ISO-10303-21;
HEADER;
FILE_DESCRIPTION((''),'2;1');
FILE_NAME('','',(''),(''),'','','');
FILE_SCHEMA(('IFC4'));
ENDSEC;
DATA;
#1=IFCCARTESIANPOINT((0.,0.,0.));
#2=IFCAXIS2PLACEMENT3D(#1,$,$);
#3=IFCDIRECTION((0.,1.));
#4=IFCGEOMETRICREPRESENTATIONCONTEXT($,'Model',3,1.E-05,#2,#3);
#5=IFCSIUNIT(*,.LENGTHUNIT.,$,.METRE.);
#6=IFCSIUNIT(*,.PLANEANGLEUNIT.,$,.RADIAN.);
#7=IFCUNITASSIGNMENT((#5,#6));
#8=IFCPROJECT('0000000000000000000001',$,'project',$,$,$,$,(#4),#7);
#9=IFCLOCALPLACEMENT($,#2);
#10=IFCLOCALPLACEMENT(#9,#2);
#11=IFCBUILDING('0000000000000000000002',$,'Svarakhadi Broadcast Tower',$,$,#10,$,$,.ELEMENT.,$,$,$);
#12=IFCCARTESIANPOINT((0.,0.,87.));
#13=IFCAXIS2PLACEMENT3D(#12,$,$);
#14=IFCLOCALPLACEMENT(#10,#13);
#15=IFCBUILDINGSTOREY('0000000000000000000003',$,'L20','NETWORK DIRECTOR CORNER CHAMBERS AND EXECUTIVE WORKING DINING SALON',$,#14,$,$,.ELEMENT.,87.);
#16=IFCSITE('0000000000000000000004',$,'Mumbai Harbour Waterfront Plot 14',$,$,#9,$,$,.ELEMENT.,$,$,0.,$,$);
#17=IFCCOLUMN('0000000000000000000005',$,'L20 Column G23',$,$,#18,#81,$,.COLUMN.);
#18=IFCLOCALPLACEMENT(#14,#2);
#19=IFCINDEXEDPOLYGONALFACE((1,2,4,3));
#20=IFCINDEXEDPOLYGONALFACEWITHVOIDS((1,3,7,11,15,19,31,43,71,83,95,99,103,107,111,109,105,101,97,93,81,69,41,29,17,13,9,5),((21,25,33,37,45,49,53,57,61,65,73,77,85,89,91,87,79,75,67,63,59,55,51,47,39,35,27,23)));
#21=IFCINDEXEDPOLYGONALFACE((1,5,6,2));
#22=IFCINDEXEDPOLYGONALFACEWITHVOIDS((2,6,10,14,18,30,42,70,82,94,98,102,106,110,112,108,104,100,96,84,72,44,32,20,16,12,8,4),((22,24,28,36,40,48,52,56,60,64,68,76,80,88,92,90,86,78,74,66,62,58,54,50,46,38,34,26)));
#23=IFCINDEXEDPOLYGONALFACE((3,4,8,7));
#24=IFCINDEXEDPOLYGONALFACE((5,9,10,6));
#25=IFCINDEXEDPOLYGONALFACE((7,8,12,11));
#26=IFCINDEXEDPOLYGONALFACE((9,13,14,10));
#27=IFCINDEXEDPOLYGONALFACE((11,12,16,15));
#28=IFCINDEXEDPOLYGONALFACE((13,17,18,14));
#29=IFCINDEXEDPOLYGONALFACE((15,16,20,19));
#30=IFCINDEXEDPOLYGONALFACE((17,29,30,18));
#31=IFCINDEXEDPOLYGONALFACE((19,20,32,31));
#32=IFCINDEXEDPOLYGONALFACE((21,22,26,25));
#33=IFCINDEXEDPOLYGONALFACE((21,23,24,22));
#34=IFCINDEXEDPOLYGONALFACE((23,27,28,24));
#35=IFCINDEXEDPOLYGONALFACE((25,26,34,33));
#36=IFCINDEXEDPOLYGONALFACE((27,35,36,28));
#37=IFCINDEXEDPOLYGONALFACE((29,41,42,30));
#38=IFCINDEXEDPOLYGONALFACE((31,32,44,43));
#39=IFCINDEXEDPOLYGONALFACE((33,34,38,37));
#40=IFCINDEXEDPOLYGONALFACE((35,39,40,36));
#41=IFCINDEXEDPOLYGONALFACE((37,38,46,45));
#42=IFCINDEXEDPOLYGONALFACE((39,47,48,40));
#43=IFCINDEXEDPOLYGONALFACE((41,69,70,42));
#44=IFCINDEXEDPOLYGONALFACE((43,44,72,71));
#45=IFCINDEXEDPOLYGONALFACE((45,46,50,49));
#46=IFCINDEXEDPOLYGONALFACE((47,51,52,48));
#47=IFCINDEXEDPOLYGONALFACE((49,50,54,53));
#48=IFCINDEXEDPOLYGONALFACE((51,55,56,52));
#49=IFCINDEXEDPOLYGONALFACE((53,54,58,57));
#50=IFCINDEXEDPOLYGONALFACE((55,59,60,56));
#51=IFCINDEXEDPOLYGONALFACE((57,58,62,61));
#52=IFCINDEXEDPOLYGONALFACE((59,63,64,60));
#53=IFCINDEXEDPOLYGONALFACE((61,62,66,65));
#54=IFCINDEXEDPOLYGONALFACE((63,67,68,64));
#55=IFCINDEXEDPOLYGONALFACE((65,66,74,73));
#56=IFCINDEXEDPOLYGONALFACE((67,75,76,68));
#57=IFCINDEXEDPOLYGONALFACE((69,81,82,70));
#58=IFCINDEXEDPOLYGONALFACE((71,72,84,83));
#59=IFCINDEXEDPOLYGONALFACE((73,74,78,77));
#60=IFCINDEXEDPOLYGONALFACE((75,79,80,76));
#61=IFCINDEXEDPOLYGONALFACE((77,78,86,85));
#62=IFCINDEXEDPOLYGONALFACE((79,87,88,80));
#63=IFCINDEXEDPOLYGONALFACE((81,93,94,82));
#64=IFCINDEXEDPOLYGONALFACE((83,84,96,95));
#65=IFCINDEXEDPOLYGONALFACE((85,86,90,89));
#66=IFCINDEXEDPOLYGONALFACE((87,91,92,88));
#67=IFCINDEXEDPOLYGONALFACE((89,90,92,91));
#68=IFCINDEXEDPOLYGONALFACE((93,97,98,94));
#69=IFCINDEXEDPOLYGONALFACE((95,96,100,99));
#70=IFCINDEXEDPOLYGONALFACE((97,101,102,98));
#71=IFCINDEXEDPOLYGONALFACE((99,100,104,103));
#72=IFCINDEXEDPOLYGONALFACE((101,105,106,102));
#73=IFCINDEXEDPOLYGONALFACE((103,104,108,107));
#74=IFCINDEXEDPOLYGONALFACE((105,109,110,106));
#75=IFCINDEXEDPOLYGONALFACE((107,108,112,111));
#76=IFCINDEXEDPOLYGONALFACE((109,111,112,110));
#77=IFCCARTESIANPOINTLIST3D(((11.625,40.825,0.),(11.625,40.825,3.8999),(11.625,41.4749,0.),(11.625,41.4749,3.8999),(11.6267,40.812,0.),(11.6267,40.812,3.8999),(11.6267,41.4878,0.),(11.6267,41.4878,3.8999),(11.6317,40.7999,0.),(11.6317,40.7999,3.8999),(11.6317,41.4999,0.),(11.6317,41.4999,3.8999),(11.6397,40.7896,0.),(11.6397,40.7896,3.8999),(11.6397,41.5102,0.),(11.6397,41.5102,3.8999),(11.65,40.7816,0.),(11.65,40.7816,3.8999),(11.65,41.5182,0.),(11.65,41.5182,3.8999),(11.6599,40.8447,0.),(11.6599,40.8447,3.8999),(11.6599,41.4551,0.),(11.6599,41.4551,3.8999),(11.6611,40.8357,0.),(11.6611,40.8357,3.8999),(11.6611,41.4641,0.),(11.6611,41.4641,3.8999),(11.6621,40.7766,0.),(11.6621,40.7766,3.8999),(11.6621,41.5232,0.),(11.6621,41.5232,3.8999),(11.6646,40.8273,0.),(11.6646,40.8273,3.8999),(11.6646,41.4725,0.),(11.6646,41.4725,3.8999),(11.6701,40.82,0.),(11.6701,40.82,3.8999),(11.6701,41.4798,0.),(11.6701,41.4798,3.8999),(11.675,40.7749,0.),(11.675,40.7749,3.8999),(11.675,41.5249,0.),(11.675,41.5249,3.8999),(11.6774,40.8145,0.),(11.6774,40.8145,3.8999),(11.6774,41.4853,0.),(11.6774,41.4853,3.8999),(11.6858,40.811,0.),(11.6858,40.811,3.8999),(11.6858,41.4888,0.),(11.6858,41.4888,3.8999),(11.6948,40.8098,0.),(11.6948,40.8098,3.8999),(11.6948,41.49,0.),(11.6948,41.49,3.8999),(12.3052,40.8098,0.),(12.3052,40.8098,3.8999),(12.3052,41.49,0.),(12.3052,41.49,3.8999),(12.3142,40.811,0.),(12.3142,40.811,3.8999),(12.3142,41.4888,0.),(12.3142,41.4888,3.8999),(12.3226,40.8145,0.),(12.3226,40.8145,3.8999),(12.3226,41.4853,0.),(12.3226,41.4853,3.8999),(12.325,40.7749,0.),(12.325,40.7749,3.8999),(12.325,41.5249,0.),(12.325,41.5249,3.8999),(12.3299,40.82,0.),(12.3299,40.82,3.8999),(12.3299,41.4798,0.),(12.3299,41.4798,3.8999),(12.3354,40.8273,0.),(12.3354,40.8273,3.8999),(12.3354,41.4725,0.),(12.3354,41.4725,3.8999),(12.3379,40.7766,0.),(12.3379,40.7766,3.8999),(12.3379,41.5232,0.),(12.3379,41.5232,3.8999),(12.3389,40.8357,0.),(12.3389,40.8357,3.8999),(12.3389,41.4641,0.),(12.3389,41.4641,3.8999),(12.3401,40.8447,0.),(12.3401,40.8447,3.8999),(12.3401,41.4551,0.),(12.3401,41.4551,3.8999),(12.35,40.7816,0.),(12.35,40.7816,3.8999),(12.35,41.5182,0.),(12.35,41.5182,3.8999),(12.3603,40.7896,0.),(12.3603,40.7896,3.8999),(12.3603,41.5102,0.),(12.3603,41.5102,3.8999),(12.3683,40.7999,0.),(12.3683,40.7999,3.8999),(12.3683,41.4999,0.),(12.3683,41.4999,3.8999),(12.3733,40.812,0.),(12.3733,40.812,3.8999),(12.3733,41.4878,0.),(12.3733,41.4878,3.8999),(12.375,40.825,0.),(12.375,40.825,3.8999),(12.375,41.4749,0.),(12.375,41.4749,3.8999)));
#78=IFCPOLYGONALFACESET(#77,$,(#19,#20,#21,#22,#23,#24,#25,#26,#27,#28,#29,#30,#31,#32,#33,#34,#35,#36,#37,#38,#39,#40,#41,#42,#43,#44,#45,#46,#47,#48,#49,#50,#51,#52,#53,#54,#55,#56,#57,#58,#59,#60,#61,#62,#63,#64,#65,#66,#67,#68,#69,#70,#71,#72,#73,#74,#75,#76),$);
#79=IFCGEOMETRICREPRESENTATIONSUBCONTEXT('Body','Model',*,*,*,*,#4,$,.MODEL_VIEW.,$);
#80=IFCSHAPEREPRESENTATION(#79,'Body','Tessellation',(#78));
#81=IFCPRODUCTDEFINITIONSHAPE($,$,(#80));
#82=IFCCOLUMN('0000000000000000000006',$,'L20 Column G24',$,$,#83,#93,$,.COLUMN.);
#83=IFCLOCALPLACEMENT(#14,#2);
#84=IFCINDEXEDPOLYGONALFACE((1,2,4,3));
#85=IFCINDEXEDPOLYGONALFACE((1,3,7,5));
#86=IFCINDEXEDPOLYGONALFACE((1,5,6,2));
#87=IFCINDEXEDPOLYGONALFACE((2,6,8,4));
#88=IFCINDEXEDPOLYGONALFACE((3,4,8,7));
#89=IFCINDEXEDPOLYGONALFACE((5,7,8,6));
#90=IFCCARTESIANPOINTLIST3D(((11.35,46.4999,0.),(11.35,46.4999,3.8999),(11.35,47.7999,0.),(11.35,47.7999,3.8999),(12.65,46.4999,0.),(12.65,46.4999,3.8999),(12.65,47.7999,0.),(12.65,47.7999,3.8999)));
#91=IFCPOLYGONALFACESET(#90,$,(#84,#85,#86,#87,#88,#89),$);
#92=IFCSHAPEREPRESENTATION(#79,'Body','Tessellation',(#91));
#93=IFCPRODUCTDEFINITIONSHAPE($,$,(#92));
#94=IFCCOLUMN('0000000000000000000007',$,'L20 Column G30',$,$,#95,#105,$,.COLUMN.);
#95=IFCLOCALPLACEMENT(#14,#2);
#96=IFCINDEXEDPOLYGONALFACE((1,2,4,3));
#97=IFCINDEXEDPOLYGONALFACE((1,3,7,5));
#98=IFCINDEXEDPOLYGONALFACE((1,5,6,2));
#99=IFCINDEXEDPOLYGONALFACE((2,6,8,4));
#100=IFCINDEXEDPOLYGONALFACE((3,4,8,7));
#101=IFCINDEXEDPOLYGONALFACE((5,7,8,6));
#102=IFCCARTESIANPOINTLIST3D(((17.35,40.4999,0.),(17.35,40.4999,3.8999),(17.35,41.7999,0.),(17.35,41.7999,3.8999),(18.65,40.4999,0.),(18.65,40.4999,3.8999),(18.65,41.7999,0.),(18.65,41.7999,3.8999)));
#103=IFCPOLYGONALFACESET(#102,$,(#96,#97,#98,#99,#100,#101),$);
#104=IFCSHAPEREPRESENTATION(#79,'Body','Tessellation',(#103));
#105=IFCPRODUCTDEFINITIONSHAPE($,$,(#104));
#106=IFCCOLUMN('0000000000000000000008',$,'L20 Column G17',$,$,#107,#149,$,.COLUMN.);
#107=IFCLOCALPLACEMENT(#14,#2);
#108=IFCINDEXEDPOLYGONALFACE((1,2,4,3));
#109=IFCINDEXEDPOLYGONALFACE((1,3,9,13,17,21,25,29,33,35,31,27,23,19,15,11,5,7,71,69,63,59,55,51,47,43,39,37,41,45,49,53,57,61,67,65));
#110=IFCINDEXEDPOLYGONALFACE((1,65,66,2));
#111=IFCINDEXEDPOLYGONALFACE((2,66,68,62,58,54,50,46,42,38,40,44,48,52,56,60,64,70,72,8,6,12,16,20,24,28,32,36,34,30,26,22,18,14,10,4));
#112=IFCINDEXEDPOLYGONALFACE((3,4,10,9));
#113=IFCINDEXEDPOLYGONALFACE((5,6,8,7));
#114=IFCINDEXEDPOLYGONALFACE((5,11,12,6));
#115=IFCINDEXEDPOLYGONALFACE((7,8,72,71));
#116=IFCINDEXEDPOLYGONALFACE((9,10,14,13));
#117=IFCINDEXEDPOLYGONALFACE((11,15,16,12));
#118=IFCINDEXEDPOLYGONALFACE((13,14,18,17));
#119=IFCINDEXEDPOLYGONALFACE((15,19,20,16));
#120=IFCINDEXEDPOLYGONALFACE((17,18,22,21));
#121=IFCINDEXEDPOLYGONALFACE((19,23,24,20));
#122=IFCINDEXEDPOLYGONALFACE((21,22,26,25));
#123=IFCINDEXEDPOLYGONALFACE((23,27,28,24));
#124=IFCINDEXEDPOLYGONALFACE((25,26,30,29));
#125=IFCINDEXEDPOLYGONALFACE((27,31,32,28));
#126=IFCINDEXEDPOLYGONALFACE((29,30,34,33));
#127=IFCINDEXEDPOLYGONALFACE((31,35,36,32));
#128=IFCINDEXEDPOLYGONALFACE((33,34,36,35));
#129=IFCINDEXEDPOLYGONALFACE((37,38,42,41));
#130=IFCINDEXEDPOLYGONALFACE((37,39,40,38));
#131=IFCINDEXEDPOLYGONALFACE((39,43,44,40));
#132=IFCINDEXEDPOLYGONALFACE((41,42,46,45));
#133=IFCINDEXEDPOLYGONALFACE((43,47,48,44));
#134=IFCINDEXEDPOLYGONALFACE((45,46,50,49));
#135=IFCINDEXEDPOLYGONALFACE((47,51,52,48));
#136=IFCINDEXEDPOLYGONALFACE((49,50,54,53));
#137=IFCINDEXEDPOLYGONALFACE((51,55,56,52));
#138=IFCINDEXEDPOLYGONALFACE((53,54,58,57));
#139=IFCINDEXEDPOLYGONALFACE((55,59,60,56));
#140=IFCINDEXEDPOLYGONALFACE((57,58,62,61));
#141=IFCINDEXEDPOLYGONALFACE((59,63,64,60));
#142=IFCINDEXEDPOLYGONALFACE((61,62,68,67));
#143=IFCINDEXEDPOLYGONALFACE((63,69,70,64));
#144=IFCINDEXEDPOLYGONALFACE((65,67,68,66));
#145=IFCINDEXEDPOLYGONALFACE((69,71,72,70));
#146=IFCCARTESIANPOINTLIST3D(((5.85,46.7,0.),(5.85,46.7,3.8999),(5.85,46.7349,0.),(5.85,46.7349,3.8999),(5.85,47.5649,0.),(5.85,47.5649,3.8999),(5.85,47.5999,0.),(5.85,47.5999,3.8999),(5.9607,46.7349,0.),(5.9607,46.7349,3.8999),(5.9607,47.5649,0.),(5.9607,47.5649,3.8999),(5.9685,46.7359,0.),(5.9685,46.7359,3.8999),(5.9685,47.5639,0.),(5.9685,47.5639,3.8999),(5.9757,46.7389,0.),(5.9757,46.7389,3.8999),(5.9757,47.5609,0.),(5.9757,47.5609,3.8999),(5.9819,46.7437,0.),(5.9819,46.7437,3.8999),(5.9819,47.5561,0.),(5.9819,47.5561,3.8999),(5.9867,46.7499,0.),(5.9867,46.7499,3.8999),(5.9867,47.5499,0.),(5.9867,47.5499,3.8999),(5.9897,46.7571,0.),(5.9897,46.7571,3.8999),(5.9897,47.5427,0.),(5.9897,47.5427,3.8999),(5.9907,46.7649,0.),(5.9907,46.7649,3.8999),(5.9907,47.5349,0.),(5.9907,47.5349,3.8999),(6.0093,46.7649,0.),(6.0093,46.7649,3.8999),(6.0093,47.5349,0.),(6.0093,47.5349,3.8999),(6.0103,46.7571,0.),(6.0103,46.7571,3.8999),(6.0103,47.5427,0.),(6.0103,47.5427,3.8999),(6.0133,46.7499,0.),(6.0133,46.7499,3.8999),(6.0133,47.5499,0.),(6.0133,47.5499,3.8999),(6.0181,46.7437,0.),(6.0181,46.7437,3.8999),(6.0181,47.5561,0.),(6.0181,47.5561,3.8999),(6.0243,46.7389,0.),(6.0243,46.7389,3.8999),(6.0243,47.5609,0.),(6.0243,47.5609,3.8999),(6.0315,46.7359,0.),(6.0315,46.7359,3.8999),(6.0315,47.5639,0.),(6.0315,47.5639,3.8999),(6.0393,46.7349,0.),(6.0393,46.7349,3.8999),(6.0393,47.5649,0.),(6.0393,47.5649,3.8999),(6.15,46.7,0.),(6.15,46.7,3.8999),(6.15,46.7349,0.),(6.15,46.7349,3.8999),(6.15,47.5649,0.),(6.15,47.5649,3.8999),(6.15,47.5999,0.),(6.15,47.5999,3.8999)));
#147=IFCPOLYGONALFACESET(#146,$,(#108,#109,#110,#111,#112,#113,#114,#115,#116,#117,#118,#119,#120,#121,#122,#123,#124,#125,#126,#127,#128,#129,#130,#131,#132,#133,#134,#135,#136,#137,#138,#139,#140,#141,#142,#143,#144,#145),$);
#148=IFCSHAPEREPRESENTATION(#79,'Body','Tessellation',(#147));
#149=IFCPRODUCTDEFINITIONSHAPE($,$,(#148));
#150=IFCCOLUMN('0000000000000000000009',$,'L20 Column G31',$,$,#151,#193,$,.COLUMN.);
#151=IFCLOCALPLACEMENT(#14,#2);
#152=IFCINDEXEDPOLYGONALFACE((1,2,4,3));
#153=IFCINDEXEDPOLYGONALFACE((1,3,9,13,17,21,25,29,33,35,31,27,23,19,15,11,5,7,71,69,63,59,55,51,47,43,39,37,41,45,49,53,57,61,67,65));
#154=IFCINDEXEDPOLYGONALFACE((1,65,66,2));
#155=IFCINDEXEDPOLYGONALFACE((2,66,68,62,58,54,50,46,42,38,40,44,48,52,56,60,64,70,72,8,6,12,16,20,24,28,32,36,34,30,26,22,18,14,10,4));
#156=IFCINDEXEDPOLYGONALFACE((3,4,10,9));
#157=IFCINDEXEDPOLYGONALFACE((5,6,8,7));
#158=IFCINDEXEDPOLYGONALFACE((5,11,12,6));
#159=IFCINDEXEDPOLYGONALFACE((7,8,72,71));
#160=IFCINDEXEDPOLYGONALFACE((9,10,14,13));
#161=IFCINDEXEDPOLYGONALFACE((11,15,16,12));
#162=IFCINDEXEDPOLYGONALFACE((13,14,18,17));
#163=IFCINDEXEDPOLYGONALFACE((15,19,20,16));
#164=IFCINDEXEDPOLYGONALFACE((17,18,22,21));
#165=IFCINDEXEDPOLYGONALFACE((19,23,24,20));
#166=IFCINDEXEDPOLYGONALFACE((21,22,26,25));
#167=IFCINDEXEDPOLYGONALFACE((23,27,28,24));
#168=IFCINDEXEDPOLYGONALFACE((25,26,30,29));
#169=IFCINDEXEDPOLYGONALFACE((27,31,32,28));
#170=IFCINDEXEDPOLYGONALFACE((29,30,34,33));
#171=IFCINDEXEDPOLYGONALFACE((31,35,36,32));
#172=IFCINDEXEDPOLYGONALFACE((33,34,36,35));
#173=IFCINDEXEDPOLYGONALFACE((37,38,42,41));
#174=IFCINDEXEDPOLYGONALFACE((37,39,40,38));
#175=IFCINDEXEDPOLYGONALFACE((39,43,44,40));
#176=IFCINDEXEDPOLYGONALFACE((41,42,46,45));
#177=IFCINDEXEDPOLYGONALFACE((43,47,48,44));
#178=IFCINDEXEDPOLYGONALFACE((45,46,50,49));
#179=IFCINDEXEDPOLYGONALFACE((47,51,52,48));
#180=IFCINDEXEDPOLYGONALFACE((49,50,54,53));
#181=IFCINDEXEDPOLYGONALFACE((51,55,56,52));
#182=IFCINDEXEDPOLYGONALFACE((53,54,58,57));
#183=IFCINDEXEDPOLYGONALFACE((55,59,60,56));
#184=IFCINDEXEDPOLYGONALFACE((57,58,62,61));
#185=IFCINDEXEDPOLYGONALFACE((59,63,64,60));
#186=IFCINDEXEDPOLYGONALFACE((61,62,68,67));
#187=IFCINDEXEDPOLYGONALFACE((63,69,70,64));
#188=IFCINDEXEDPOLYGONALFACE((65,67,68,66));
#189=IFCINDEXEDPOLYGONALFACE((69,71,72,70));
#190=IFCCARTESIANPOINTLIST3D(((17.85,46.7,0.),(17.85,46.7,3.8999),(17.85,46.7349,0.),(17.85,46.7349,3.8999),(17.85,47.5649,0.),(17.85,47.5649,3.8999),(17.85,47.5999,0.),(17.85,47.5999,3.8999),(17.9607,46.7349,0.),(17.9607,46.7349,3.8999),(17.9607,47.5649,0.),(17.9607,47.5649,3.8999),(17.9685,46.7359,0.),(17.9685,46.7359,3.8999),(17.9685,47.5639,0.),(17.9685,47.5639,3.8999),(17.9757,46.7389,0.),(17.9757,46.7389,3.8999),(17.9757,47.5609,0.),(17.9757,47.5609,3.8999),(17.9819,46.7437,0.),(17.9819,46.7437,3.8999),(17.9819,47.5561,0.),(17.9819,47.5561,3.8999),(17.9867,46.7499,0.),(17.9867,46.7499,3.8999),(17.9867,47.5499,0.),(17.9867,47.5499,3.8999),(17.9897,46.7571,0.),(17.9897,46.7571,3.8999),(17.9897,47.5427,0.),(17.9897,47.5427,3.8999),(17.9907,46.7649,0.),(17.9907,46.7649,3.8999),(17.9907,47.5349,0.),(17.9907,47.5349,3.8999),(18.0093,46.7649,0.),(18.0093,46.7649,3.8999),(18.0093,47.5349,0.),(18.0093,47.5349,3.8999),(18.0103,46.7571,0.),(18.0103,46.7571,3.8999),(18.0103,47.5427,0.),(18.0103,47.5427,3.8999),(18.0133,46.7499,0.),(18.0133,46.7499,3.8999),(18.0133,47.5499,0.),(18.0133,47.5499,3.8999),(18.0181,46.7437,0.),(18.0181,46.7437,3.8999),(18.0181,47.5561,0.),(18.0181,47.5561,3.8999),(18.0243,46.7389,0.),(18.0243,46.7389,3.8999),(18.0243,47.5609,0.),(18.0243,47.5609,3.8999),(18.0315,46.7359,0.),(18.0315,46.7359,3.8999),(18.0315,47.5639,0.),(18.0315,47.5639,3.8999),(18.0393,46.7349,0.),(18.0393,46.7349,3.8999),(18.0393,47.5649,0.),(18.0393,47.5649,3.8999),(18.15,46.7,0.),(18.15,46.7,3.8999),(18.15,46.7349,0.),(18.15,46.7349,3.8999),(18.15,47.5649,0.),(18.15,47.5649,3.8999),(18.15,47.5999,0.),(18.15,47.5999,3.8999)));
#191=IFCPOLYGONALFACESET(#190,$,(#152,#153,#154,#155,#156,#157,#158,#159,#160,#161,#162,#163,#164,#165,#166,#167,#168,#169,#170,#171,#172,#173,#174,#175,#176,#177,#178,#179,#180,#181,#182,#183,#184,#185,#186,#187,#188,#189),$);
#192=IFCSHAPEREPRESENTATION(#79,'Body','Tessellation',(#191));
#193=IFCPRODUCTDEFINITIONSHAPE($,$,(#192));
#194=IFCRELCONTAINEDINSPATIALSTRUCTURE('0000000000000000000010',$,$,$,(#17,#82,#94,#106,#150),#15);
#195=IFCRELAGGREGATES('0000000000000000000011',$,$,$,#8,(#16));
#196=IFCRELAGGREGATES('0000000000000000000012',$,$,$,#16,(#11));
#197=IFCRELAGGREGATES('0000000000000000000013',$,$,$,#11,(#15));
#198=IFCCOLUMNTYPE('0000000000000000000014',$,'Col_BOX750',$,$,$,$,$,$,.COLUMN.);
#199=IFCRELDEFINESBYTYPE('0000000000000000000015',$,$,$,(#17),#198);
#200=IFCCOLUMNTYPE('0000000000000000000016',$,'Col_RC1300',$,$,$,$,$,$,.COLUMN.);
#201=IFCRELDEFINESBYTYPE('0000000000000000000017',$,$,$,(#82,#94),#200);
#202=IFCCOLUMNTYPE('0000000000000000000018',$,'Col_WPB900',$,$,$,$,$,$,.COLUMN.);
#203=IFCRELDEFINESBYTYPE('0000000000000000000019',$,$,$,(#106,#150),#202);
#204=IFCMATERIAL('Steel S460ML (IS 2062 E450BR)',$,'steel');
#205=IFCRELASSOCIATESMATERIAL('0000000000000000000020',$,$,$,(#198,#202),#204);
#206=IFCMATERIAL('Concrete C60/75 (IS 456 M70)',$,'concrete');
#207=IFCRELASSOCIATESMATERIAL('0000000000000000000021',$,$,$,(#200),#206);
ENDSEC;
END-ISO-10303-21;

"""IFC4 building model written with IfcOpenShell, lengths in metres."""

from ifc_helpers import new_model, si_unit, direction, frame, origin, origin_2d, place, context, subcontext, project, spatial, rectangle, hollow_rectangle, i_section, extrude, material, material_profile, profile_set, type_object, element, save


model = new_model("IFC4")

# Units and contexts
model_context = context("Model", 3, precision=1e-05, world=origin(), true_north=direction((0.0, 1.0)))
body_context = subcontext(model_context, "Body", "Model", "MODEL_VIEW")
ifc_project = project(units=[si_unit("LENGTHUNIT", "METRE"), si_unit("PLANEANGLEUNIT", "RADIAN")], contexts=[model_context])

# Site, building, storey
site_placement = place(None, origin())
site = spatial("IfcSite", under=ifc_project, at=site_placement, Name="Mumbai Harbour Waterfront Plot 14", CompositionType="ELEMENT", RefElevation=0.0)
building_placement = place(site_placement, origin())
building = spatial("IfcBuilding", under=site, at=building_placement, Name="Svarakhadi Broadcast Tower", CompositionType="ELEMENT")
storey_placement = place(building_placement, frame((0.0, 0.0, 87.0)))
storey = spatial("IfcBuildingStorey", under=building, at=storey_placement, Name="L20", Description="NETWORK DIRECTOR CORNER CHAMBERS AND EXECUTIVE WORKING DINING SALON", CompositionType="ELEMENT", Elevation=87.0)

# Columns
ifc_material_1 = material(Name="Steel S460ML (IS 2062 E450BR)", Category="steel")
ifc_material_profile_1 = material_profile(ifc_material_1, hollow_rectangle(XDim=0.75, YDim=0.75, WallThickness=0.0349, InnerFilletRadius=0.0349, OuterFilletRadius=0.05, at=origin_2d()), Name="BOX 750x750x35")
ifc_profile_set_1 = profile_set([ifc_material_profile_1], Name="Steel S460ML (IS 2062 E450BR)")
column_type_1 = type_object("IfcColumnType", Name="Col_BOX750", PredefinedType="COLUMN", material=ifc_profile_set_1)
column_placement = place(storey_placement, frame((12.0, 41.1499, 0.0), z_axis=(0.0, 0.0, 1.0), x_axis=(1.0, 0.0, 0.0)))
element("IfcColumn", 1, at=column_placement, inside=storey, type_object=column_type_1, Name="L20 Column G23", PredefinedType="COLUMN", context=body_context, shape_type="SweptSolid", body=[
    extrude(hollow_rectangle(XDim=0.75, YDim=0.75, WallThickness=0.0349, InnerFilletRadius=0.0349, OuterFilletRadius=0.05, at=origin_2d()), origin(), (0.0, 0.0, 1.0), 3.8999),
])
ifc_material_2 = material(Name="Concrete C60/75 (IS 456 M70)", Category="concrete")
ifc_material_profile_2 = material_profile(ifc_material_2, rectangle(XDim=1.3, YDim=1.3, at=origin_2d()), Name="RC 1300x1300")
ifc_profile_set_2 = profile_set([ifc_material_profile_2], Name="Concrete C60/75 (IS 456 M70)")
column_type_2 = type_object("IfcColumnType", Name="Col_RC1300", PredefinedType="COLUMN", material=ifc_profile_set_2)
for number, where, z_axis, x_axis, name in (
    (2, (12.0, 47.1499, 0.0), (0.0, 0.0, 1.0), (1.0, 0.0, 0.0), "L20 Column G24"),
    (3, (18.0, 41.1499, 0.0), (0.0, 0.0, 1.0), (1.0, 0.0, 0.0), "L20 Column G30"),
):
    element("IfcColumn", number, at=place(storey_placement, frame(where, z_axis=z_axis, x_axis=x_axis)), inside=storey, type_object=column_type_2, Name=name, PredefinedType="COLUMN", context=body_context, shape_type="SweptSolid", body=[
        extrude(rectangle(XDim=1.3, YDim=1.3, at=origin_2d()), origin(), (0.0, 0.0, 1.0), 3.8999),
    ])
ifc_material_profile_3 = material_profile(ifc_material_1, i_section(OverallWidth=0.3, OverallDepth=0.8999, WebThickness=0.0186, FlangeThickness=0.0349, FilletRadius=0.03, at=origin_2d()), Name="WPB 900x300x291")
ifc_profile_set_3 = profile_set([ifc_material_profile_3], Name="Steel S460ML (IS 2062 E450BR)")
column_type_3 = type_object("IfcColumnType", Name="Col_WPB900", PredefinedType="COLUMN", material=ifc_profile_set_3)
for number, where, z_axis, x_axis, name in (
    (4, (6.0, 47.1499, 0.0), (0.0, 0.0, 1.0), (1.0, 0.0, 0.0), "L20 Column G17"),
    (5, (18.0, 47.1499, 0.0), (0.0, 0.0, 1.0), (1.0, 0.0, 0.0), "L20 Column G31"),
):
    element("IfcColumn", number, at=place(storey_placement, frame(where, z_axis=z_axis, x_axis=x_axis)), inside=storey, type_object=column_type_3, Name=name, PredefinedType="COLUMN", context=body_context, shape_type="SweptSolid", body=[
        extrude(i_section(OverallWidth=0.3, OverallDepth=0.8999, WebThickness=0.0186, FlangeThickness=0.0349, FilletRadius=0.03, at=origin_2d()), origin(), (0.0, 0.0, 1.0), 3.8999),
    ])

save(model, "model.ifc")
